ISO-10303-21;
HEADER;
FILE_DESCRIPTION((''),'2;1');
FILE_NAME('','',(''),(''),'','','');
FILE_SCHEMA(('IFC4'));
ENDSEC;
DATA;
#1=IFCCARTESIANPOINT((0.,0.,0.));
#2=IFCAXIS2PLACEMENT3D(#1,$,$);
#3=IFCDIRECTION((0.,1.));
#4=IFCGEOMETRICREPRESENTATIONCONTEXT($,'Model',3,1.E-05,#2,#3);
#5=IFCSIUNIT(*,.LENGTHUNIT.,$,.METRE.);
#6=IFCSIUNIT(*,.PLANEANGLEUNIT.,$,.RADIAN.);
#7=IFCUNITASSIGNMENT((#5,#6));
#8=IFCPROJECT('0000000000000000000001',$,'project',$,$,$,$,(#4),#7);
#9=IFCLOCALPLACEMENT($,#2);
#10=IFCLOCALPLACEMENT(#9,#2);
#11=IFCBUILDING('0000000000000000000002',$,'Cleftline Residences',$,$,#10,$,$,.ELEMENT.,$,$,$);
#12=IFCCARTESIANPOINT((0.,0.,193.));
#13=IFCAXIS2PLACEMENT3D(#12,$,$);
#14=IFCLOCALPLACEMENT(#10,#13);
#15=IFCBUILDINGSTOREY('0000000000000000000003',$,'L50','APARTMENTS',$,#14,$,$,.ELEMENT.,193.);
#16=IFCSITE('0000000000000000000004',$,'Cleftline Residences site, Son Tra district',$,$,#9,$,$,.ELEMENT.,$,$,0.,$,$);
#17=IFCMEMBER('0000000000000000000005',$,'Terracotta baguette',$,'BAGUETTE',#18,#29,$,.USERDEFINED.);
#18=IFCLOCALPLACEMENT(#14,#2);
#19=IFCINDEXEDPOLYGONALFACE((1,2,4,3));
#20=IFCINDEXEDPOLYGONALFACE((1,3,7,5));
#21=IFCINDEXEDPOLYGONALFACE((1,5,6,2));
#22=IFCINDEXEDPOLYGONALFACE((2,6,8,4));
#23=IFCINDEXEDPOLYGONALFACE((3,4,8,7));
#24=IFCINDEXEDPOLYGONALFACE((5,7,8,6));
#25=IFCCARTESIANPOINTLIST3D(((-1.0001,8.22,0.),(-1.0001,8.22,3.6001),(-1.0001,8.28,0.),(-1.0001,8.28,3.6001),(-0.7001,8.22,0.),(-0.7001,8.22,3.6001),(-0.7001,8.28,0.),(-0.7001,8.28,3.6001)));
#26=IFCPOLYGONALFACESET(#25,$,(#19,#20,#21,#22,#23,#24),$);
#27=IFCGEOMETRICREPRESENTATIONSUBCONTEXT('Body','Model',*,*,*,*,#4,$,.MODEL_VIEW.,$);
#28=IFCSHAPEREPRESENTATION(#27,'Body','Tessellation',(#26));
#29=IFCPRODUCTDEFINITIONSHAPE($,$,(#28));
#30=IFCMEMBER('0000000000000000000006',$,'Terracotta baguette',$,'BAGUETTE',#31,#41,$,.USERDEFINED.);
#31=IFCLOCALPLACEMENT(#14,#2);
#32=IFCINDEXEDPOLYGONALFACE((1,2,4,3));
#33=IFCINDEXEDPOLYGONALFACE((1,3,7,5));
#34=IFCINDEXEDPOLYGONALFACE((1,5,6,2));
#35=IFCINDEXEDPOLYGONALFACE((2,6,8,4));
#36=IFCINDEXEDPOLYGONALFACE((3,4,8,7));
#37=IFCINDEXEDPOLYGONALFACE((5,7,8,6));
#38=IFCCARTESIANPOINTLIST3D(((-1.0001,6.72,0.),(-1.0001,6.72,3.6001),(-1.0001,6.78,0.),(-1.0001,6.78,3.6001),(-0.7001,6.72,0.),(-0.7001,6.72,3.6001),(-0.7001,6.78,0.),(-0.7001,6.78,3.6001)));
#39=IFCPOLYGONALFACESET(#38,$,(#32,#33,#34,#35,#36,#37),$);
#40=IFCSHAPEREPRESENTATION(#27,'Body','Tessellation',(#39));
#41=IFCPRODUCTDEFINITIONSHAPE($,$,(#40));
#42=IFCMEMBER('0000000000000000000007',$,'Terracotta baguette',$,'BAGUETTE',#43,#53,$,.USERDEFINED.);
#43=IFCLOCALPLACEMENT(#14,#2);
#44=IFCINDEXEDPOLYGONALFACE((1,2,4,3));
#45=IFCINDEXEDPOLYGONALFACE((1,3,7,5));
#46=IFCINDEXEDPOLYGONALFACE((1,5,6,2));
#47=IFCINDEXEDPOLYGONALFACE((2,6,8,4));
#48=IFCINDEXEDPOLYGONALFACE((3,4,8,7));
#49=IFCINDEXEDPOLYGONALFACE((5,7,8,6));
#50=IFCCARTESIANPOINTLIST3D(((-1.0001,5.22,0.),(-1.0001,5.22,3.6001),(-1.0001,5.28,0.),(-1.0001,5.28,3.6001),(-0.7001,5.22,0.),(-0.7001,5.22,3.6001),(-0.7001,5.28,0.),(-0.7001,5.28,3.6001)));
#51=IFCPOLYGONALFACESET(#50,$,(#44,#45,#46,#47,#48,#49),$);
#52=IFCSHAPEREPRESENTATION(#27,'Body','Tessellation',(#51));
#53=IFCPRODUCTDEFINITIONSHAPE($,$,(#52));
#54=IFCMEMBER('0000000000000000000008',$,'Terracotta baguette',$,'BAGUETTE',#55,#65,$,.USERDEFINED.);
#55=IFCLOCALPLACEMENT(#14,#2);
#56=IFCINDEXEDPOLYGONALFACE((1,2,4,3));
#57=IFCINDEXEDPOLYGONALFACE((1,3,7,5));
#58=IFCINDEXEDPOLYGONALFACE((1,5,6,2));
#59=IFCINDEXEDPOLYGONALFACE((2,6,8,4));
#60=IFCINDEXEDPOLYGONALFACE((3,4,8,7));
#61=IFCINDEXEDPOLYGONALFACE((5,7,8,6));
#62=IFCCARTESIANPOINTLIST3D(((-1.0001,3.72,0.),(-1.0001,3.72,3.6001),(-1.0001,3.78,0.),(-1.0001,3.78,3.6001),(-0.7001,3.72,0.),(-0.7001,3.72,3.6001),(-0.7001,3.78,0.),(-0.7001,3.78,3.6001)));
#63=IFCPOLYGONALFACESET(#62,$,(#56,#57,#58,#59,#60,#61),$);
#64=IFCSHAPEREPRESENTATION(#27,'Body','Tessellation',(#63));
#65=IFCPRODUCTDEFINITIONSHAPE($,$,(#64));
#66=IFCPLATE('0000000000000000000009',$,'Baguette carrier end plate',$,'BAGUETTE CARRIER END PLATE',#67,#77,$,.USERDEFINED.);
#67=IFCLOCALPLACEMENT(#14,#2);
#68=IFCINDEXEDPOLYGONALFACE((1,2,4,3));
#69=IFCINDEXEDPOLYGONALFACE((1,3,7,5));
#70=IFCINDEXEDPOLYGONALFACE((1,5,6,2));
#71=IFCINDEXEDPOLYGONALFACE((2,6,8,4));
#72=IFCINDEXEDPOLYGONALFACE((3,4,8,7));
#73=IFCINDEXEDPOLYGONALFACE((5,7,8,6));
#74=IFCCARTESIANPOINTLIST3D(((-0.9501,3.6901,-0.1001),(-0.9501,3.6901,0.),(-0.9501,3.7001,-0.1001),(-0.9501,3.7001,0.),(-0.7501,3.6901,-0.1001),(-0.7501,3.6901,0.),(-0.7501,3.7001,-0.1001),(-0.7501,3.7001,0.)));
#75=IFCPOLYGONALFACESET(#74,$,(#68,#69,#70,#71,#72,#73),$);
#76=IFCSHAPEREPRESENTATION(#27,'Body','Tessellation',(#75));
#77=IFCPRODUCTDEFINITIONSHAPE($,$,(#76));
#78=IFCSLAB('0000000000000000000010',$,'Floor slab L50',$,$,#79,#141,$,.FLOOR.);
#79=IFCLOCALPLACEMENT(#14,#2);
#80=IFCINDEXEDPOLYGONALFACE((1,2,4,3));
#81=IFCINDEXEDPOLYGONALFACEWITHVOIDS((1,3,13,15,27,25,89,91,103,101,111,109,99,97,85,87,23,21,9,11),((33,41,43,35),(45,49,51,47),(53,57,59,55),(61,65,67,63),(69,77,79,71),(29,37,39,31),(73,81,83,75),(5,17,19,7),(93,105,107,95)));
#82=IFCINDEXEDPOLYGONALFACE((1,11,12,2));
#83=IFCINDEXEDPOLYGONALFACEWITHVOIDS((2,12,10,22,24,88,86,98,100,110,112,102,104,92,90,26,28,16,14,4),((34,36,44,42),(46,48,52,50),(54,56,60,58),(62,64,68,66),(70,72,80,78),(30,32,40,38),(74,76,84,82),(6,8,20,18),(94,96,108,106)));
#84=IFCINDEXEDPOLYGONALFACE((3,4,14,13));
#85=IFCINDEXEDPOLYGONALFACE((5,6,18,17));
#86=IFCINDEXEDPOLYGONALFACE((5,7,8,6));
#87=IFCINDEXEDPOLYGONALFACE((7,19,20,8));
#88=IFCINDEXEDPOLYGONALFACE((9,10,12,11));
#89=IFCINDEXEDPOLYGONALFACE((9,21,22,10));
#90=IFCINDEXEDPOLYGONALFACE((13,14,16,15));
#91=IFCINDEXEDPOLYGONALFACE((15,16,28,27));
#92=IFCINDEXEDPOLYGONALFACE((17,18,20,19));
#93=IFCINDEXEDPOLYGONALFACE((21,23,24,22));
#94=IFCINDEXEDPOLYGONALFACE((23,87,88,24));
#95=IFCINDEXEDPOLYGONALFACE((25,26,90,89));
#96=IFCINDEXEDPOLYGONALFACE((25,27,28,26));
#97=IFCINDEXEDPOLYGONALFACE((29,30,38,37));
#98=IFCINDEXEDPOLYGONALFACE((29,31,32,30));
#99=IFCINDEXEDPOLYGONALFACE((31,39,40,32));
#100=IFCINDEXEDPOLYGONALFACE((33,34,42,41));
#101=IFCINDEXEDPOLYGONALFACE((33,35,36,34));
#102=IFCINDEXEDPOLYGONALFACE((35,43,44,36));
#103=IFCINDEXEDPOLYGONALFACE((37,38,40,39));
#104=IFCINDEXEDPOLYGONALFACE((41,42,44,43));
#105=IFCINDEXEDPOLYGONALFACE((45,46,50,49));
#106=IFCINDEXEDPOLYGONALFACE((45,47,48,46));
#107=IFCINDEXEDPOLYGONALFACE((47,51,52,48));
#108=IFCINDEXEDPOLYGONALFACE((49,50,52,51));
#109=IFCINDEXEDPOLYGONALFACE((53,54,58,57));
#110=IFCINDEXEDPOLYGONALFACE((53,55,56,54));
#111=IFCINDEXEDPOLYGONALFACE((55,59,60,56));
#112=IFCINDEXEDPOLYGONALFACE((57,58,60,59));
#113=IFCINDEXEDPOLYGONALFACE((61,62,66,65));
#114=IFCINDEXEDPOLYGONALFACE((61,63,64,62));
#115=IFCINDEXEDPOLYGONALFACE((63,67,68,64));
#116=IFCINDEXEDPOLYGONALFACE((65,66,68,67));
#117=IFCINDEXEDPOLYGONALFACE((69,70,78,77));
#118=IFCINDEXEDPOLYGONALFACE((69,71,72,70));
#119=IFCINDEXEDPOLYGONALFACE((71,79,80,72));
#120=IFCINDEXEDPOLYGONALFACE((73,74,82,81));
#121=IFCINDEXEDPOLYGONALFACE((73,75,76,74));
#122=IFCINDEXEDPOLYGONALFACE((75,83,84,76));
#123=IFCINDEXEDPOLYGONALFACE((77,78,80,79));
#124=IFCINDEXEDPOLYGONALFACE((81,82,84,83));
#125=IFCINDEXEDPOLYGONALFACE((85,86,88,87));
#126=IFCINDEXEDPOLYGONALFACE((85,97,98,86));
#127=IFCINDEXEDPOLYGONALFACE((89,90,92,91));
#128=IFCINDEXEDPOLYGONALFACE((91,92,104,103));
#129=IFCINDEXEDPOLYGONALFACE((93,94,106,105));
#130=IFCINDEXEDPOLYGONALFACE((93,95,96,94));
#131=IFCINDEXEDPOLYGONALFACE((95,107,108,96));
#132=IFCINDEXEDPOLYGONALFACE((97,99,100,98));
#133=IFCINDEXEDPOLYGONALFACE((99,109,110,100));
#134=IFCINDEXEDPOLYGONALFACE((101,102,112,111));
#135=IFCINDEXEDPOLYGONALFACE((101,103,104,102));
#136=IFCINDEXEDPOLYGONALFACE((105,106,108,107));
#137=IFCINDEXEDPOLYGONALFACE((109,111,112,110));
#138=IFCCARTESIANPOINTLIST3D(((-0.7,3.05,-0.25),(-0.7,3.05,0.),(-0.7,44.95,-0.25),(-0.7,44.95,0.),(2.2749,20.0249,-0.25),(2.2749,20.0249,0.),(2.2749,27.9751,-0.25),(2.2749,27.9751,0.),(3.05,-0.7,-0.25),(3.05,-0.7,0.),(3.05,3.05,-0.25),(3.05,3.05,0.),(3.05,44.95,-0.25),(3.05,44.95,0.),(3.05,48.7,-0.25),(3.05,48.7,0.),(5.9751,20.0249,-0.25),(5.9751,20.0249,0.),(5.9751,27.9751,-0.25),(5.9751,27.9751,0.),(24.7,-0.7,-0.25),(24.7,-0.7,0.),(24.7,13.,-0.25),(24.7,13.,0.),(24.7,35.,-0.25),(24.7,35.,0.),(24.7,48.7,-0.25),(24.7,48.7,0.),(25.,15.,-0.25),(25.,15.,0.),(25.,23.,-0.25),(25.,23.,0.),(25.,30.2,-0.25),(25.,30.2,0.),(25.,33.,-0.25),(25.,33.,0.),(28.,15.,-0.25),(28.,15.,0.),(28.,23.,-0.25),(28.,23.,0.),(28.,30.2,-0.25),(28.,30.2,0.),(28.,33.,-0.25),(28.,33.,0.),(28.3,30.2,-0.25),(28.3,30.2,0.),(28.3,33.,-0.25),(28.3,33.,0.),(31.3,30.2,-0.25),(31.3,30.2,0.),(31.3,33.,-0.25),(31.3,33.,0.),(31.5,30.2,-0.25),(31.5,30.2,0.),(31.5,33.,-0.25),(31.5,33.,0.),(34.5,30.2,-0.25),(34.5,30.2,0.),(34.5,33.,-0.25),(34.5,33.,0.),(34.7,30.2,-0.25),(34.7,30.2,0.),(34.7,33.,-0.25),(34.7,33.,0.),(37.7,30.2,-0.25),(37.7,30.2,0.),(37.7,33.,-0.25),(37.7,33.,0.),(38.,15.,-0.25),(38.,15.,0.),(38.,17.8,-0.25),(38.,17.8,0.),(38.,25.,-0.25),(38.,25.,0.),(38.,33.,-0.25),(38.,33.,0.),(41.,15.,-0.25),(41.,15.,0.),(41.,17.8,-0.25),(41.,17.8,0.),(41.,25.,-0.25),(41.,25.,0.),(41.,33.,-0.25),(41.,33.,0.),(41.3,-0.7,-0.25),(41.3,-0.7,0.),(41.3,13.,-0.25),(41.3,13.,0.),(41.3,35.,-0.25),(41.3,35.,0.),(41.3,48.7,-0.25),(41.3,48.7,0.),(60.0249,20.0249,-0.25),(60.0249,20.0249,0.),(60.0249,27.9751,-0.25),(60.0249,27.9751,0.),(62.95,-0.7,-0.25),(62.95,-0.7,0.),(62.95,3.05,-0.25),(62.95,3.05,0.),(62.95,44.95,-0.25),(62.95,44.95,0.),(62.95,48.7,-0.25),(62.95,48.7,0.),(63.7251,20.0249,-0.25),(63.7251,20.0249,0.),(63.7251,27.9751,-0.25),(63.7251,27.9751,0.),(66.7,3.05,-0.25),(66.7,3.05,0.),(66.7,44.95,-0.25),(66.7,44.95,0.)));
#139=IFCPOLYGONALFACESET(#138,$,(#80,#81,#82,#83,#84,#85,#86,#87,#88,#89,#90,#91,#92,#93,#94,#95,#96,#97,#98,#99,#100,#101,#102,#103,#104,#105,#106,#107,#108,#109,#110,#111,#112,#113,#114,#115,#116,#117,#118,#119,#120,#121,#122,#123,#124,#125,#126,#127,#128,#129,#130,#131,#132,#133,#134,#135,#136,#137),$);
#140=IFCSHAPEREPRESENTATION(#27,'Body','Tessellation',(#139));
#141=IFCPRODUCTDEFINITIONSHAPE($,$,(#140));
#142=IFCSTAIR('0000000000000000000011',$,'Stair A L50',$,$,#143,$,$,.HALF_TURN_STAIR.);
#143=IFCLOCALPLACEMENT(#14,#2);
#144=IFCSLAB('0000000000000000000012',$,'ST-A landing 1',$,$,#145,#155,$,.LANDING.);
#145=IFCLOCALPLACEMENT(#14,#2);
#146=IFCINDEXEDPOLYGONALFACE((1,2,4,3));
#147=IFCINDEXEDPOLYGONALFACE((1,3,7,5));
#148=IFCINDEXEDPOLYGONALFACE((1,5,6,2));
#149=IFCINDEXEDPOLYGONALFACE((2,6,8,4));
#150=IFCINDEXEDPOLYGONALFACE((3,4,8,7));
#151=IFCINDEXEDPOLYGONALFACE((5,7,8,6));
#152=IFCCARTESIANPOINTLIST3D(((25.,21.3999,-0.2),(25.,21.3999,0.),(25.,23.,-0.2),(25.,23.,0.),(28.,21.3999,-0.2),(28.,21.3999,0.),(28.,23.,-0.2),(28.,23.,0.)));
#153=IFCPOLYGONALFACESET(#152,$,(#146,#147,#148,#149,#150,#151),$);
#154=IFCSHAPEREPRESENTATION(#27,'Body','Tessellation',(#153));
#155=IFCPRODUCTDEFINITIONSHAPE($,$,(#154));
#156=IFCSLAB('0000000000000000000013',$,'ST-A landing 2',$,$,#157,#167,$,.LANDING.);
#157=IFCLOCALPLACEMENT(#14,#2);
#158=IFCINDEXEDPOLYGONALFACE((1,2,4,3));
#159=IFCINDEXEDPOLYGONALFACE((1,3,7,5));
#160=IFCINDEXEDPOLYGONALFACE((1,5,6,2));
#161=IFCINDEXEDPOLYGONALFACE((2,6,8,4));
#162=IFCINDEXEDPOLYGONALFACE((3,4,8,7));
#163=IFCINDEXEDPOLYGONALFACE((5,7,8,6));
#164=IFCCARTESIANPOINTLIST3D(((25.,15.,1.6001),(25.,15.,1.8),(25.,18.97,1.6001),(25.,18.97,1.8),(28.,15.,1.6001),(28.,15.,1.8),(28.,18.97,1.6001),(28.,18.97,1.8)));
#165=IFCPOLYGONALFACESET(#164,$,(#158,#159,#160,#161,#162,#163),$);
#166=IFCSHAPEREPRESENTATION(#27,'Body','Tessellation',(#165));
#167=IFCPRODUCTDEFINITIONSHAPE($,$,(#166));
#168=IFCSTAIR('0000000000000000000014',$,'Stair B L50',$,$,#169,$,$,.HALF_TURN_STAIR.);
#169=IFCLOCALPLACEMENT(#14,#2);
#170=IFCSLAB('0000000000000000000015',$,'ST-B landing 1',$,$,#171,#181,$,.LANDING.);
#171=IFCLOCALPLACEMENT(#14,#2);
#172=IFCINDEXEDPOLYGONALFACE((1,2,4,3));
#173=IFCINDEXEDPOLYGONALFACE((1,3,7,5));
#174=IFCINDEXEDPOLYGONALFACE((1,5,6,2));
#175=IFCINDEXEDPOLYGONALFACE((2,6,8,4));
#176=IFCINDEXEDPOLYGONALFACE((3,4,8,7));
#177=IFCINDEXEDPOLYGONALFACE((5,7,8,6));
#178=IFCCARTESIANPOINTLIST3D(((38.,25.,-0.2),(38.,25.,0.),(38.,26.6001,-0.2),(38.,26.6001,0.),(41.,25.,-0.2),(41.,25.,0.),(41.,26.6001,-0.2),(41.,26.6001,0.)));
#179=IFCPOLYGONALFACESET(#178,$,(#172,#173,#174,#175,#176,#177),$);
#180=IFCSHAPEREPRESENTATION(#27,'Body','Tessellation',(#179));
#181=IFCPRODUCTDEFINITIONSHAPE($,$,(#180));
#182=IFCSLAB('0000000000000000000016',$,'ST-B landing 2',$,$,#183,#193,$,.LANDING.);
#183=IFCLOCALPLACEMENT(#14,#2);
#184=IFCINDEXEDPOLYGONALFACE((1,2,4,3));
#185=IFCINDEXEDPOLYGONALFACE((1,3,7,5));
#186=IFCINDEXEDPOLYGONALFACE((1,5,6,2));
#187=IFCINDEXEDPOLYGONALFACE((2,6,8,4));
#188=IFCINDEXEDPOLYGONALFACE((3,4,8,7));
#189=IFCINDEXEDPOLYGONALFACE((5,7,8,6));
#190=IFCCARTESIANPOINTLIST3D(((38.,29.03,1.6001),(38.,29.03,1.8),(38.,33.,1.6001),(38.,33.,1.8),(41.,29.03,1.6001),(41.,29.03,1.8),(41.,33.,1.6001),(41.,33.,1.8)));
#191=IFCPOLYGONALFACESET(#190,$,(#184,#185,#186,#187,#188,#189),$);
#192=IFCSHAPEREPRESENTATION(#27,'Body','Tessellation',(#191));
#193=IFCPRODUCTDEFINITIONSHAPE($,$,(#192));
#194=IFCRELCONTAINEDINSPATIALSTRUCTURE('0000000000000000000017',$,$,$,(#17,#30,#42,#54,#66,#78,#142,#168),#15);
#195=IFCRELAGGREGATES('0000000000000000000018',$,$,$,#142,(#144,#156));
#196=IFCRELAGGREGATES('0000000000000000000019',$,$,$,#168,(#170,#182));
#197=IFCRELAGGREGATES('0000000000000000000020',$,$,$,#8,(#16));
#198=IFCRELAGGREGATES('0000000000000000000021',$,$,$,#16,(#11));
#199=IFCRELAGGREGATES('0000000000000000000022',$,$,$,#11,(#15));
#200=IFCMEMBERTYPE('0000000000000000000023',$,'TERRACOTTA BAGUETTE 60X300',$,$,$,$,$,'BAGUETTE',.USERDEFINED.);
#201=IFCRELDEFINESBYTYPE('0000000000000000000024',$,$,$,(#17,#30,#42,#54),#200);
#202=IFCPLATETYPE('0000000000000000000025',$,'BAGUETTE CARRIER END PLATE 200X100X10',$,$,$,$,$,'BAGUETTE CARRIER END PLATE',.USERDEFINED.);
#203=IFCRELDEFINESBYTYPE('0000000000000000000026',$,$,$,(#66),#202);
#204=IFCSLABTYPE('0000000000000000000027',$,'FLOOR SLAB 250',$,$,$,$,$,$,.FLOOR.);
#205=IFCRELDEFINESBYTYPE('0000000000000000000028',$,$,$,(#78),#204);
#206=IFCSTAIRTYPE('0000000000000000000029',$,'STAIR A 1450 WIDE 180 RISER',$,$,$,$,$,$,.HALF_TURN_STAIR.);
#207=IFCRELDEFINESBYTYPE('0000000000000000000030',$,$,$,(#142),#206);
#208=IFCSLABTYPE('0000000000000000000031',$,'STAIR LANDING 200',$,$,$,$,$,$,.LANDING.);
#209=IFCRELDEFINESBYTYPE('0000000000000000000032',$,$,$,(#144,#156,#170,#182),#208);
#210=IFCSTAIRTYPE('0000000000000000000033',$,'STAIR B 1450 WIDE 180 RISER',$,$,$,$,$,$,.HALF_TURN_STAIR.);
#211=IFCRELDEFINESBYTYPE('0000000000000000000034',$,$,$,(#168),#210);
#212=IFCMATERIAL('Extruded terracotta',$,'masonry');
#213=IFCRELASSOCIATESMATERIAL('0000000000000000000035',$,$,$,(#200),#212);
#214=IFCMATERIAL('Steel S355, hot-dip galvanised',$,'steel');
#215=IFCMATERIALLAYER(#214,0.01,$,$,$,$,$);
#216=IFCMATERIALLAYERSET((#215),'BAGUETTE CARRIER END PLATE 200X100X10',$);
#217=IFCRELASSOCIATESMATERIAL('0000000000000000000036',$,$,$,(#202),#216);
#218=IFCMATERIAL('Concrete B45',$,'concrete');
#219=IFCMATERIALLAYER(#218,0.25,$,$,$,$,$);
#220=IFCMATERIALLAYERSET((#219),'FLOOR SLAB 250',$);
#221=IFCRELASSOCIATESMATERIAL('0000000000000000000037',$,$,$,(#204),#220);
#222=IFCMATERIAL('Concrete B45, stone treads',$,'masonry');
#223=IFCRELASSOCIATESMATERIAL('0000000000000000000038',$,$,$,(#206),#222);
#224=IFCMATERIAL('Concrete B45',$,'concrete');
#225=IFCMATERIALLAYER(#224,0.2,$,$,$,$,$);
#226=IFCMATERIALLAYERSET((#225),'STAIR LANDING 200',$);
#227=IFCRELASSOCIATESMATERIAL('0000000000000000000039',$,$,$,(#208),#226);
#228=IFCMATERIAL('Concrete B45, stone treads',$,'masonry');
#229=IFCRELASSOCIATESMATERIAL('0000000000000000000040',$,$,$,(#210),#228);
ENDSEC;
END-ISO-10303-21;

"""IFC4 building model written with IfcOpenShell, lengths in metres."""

from ifc_helpers import new_model, si_unit, direction, frame, origin, origin_2d, place, context, subcontext, project, spatial, polyline, rectangle, outline, extrude, material, layer, layer_set, material_profile, profile_set, type_object, element, aggregate, save


model = new_model("IFC4")

# Units and contexts
model_context = context("Model", 3, precision=1e-05, world=origin(), true_north=direction((0.0, 1.0)))
body_context = subcontext(model_context, "Body", "Model", "MODEL_VIEW")
ifc_project = project(units=[si_unit("LENGTHUNIT", "METRE"), si_unit("PLANEANGLEUNIT", "RADIAN")], contexts=[model_context])

# Site, building, storey
site_placement = place(None, origin())
site = spatial("IfcSite", under=ifc_project, at=site_placement, Name="Cleftline Residences site, Son Tra district", CompositionType="ELEMENT", RefElevation=0.0)
building_placement = place(site_placement, origin())
building = spatial("IfcBuilding", under=site, at=building_placement, Name="Cleftline Residences", CompositionType="ELEMENT")
storey_placement = place(building_placement, frame((0.0, 0.0, 193.0)))
storey = spatial("IfcBuildingStorey", under=building, at=storey_placement, Name="L50", Description="APARTMENTS", CompositionType="ELEMENT", Elevation=193.0)

# Members
ifc_material_1 = material(Name="Extruded terracotta", Category="masonry")
ifc_material_profile_1 = material_profile(ifc_material_1, rectangle(XDim=0.0601, YDim=0.3, at=origin_2d()))
ifc_profile_set_1 = profile_set([ifc_material_profile_1], Name="Extruded terracotta")
member_type_1 = type_object("IfcMemberType", Name="TERRACOTTA BAGUETTE 60X300", ElementType="BAGUETTE", PredefinedType="USERDEFINED", material=ifc_profile_set_1)
for number, where, z_axis, x_axis, name in (
    (1, (-0.8501, 8.25, 0.0), (0.0, 0.0, 1.0), (0.0, 1.0, 0.0), "Terracotta baguette"),
    (2, (-0.8501, 6.75, 0.0), (0.0, 0.0, 1.0), (0.0, 1.0, 0.0), "Terracotta baguette"),
    (3, (-0.8501, 5.25, 0.0), (0.0, 0.0, 1.0), (0.0, 1.0, 0.0), "Terracotta baguette"),
    (4, (-0.8501, 3.75, 0.0), (0.0, 0.0, 1.0), (0.0, 1.0, 0.0), "Terracotta baguette"),
):
    element("IfcMember", number, at=place(storey_placement, frame(where, z_axis=z_axis, x_axis=x_axis)), inside=storey, type_object=member_type_1, Name=name, ObjectType="BAGUETTE", PredefinedType="USERDEFINED", context=body_context, shape_type="SweptSolid", body=[
        extrude(rectangle(XDim=0.0601, YDim=0.3, at=origin_2d()), origin(), (0.0, 0.0, 1.0), 3.6001),
    ])

# Plate
ifc_material_2 = material(Name="Steel S355, hot-dip galvanised", Category="steel")
ifc_layer_1 = layer(ifc_material_2, 0.01)
ifc_layer_set_1 = layer_set([ifc_layer_1], Name="BAGUETTE CARRIER END PLATE 200X100X10")
plate_type = type_object("IfcPlateType", Name="BAGUETTE CARRIER END PLATE 200X100X10", ElementType="BAGUETTE CARRIER END PLATE", PredefinedType="USERDEFINED", material=ifc_layer_set_1)
plate_placement = place(storey_placement, frame((-0.8501, 3.6951, -0.1001), z_axis=(0.0, 0.0, 1.0), x_axis=(-1.0, 0.0, 0.0)))
element("IfcPlate", 5, at=plate_placement, inside=storey, type_object=plate_type, Name="Baguette carrier end plate", ObjectType="BAGUETTE CARRIER END PLATE", PredefinedType="USERDEFINED", context=body_context, shape_type="SweptSolid", body=[
    extrude(rectangle(XDim=0.2, YDim=0.01, at=origin_2d()), origin(), (0.0, 0.0, 1.0), 0.1001),
])

# Slab
ifc_material_3 = material(Name="Concrete B45", Category="concrete")
ifc_layer_2 = layer(ifc_material_3, 0.25)
ifc_layer_set_2 = layer_set([ifc_layer_2], Name="FLOOR SLAB 250")
slab_type_1 = type_object("IfcSlabType", Name="FLOOR SLAB 250", PredefinedType="FLOOR", material=ifc_layer_set_2)
slab_1_placement = place(storey_placement, frame((0.0, 0.0, -0.25)))
element("IfcSlab", 6, at=slab_1_placement, inside=storey, type_object=slab_type_1, Name="Floor slab L50", PredefinedType="FLOOR", context=body_context, shape_type="SweptSolid", body=[
    extrude(outline(polyline([(24.7, 13.0), (41.3, 13.0), (41.3, -0.7), (62.95, -0.7), (62.95, 3.05), (66.7, 3.05), (66.7, 44.95), (62.95, 44.95), (62.95, 48.7), (41.3, 48.7), (41.3, 35.0), (24.7, 35.0), (24.7, 48.7), (3.05, 48.7), (3.05, 44.95), (-0.7, 44.95), (-0.7, 3.05), (3.05, 3.05), (3.05, -0.7), (24.7, -0.7), (24.7, 13.0)]), holes=[polyline([(28.0, 15.0), (28.0, 23.0), (25.0, 23.0), (25.0, 15.0), (28.0, 15.0)]), polyline([(41.0, 25.0), (41.0, 33.0), (38.0, 33.0), (38.0, 25.0), (41.0, 25.0)]), polyline([(28.0, 30.2), (28.0, 33.0), (25.0, 33.0), (25.0, 30.2), (28.0, 30.2)]), polyline([(41.0, 15.0), (41.0, 17.8), (38.0, 17.8), (38.0, 15.0), (41.0, 15.0)]), polyline([(31.3, 30.2), (31.3, 33.0), (28.3, 33.0), (28.3, 30.2), (31.3, 30.2)]), polyline([(34.5, 30.2), (34.5, 33.0), (31.5, 33.0), (31.5, 30.2), (34.5, 30.2)]), polyline([(37.7, 30.2), (37.7, 33.0), (34.7, 33.0), (34.7, 30.2), (37.7, 30.2)]), polyline([(63.7251, 20.0249), (63.7251, 27.9751), (60.0249, 27.9751), (60.0249, 20.0249), (63.7251, 20.0249)]), polyline([(5.9751, 20.0249), (5.9751, 27.9751), (2.2749, 27.9751), (2.2749, 20.0249), (5.9751, 20.0249)])]), origin(), (0.0, 0.0, 1.0), 0.25),
])

# Stairs, slabs
ifc_material_4 = material(Name="Concrete B45, stone treads", Category="masonry")
stair_type_1 = type_object("IfcStairType", Name="STAIR A 1450 WIDE 180 RISER", PredefinedType="HALF_TURN_STAIR", material=ifc_material_4)
stair_1_placement = place(storey_placement, origin())
stair_1 = element("IfcStair", 7, at=stair_1_placement, inside=storey, type_object=stair_type_1, Name="Stair A L50", PredefinedType="HALF_TURN_STAIR")
ifc_material_5 = material(Name="Concrete B45", Category="concrete")
ifc_layer_3 = layer(ifc_material_5, 0.2)
ifc_layer_set_3 = layer_set([ifc_layer_3], Name="STAIR LANDING 200")
slab_type_2 = type_object("IfcSlabType", Name="STAIR LANDING 200", PredefinedType="LANDING", material=ifc_layer_set_3)
slab_2_placement = place(storey_placement, frame((0.0, 0.0, -0.2)))
slab_2 = element("IfcSlab", 8, at=slab_2_placement, type_object=slab_type_2, Name="ST-A landing 1", PredefinedType="LANDING", context=body_context, shape_type="SweptSolid", body=[
    extrude(outline(polyline([(25.0, 21.3999), (28.0, 21.3999), (28.0, 23.0), (25.0, 23.0), (25.0, 21.3999)])), origin(), (0.0, 0.0, 1.0), 0.2),
])
slab_3_placement = place(storey_placement, frame((0.0, 0.0, 1.6001)))
slab_3 = element("IfcSlab", 9, at=slab_3_placement, type_object=slab_type_2, Name="ST-A landing 2", PredefinedType="LANDING", context=body_context, shape_type="SweptSolid", body=[
    extrude(outline(polyline([(25.0, 15.0), (28.0, 15.0), (28.0, 18.97), (25.0, 18.97), (25.0, 15.0)])), origin(), (0.0, 0.0, 1.0), 0.2),
])
aggregate(stair_1, [slab_2, slab_3])
ifc_material_6 = material(Name="Concrete B45, stone treads", Category="masonry")
stair_type_2 = type_object("IfcStairType", Name="STAIR B 1450 WIDE 180 RISER", PredefinedType="HALF_TURN_STAIR", material=ifc_material_6)
stair_2_placement = place(storey_placement, origin())
stair_2 = element("IfcStair", 10, at=stair_2_placement, inside=storey, type_object=stair_type_2, Name="Stair B L50", PredefinedType="HALF_TURN_STAIR")
slab_4_placement = place(storey_placement, frame((0.0, 0.0, -0.2)))
slab_4 = element("IfcSlab", 11, at=slab_4_placement, type_object=slab_type_2, Name="ST-B landing 1", PredefinedType="LANDING", context=body_context, shape_type="SweptSolid", body=[
    extrude(outline(polyline([(38.0, 25.0), (41.0, 25.0), (41.0, 26.6001), (38.0, 26.6001), (38.0, 25.0)])), origin(), (0.0, 0.0, 1.0), 0.2),
])
slab_5_placement = place(storey_placement, frame((0.0, 0.0, 1.6001)))
slab_5 = element("IfcSlab", 12, at=slab_5_placement, type_object=slab_type_2, Name="ST-B landing 2", PredefinedType="LANDING", context=body_context, shape_type="SweptSolid", body=[
    extrude(outline(polyline([(38.0, 29.03), (41.0, 29.03), (41.0, 33.0), (38.0, 33.0), (38.0, 29.03)])), origin(), (0.0, 0.0, 1.0), 0.2),
])
aggregate(stair_2, [slab_4, slab_5])

save(model, "model.ifc")
